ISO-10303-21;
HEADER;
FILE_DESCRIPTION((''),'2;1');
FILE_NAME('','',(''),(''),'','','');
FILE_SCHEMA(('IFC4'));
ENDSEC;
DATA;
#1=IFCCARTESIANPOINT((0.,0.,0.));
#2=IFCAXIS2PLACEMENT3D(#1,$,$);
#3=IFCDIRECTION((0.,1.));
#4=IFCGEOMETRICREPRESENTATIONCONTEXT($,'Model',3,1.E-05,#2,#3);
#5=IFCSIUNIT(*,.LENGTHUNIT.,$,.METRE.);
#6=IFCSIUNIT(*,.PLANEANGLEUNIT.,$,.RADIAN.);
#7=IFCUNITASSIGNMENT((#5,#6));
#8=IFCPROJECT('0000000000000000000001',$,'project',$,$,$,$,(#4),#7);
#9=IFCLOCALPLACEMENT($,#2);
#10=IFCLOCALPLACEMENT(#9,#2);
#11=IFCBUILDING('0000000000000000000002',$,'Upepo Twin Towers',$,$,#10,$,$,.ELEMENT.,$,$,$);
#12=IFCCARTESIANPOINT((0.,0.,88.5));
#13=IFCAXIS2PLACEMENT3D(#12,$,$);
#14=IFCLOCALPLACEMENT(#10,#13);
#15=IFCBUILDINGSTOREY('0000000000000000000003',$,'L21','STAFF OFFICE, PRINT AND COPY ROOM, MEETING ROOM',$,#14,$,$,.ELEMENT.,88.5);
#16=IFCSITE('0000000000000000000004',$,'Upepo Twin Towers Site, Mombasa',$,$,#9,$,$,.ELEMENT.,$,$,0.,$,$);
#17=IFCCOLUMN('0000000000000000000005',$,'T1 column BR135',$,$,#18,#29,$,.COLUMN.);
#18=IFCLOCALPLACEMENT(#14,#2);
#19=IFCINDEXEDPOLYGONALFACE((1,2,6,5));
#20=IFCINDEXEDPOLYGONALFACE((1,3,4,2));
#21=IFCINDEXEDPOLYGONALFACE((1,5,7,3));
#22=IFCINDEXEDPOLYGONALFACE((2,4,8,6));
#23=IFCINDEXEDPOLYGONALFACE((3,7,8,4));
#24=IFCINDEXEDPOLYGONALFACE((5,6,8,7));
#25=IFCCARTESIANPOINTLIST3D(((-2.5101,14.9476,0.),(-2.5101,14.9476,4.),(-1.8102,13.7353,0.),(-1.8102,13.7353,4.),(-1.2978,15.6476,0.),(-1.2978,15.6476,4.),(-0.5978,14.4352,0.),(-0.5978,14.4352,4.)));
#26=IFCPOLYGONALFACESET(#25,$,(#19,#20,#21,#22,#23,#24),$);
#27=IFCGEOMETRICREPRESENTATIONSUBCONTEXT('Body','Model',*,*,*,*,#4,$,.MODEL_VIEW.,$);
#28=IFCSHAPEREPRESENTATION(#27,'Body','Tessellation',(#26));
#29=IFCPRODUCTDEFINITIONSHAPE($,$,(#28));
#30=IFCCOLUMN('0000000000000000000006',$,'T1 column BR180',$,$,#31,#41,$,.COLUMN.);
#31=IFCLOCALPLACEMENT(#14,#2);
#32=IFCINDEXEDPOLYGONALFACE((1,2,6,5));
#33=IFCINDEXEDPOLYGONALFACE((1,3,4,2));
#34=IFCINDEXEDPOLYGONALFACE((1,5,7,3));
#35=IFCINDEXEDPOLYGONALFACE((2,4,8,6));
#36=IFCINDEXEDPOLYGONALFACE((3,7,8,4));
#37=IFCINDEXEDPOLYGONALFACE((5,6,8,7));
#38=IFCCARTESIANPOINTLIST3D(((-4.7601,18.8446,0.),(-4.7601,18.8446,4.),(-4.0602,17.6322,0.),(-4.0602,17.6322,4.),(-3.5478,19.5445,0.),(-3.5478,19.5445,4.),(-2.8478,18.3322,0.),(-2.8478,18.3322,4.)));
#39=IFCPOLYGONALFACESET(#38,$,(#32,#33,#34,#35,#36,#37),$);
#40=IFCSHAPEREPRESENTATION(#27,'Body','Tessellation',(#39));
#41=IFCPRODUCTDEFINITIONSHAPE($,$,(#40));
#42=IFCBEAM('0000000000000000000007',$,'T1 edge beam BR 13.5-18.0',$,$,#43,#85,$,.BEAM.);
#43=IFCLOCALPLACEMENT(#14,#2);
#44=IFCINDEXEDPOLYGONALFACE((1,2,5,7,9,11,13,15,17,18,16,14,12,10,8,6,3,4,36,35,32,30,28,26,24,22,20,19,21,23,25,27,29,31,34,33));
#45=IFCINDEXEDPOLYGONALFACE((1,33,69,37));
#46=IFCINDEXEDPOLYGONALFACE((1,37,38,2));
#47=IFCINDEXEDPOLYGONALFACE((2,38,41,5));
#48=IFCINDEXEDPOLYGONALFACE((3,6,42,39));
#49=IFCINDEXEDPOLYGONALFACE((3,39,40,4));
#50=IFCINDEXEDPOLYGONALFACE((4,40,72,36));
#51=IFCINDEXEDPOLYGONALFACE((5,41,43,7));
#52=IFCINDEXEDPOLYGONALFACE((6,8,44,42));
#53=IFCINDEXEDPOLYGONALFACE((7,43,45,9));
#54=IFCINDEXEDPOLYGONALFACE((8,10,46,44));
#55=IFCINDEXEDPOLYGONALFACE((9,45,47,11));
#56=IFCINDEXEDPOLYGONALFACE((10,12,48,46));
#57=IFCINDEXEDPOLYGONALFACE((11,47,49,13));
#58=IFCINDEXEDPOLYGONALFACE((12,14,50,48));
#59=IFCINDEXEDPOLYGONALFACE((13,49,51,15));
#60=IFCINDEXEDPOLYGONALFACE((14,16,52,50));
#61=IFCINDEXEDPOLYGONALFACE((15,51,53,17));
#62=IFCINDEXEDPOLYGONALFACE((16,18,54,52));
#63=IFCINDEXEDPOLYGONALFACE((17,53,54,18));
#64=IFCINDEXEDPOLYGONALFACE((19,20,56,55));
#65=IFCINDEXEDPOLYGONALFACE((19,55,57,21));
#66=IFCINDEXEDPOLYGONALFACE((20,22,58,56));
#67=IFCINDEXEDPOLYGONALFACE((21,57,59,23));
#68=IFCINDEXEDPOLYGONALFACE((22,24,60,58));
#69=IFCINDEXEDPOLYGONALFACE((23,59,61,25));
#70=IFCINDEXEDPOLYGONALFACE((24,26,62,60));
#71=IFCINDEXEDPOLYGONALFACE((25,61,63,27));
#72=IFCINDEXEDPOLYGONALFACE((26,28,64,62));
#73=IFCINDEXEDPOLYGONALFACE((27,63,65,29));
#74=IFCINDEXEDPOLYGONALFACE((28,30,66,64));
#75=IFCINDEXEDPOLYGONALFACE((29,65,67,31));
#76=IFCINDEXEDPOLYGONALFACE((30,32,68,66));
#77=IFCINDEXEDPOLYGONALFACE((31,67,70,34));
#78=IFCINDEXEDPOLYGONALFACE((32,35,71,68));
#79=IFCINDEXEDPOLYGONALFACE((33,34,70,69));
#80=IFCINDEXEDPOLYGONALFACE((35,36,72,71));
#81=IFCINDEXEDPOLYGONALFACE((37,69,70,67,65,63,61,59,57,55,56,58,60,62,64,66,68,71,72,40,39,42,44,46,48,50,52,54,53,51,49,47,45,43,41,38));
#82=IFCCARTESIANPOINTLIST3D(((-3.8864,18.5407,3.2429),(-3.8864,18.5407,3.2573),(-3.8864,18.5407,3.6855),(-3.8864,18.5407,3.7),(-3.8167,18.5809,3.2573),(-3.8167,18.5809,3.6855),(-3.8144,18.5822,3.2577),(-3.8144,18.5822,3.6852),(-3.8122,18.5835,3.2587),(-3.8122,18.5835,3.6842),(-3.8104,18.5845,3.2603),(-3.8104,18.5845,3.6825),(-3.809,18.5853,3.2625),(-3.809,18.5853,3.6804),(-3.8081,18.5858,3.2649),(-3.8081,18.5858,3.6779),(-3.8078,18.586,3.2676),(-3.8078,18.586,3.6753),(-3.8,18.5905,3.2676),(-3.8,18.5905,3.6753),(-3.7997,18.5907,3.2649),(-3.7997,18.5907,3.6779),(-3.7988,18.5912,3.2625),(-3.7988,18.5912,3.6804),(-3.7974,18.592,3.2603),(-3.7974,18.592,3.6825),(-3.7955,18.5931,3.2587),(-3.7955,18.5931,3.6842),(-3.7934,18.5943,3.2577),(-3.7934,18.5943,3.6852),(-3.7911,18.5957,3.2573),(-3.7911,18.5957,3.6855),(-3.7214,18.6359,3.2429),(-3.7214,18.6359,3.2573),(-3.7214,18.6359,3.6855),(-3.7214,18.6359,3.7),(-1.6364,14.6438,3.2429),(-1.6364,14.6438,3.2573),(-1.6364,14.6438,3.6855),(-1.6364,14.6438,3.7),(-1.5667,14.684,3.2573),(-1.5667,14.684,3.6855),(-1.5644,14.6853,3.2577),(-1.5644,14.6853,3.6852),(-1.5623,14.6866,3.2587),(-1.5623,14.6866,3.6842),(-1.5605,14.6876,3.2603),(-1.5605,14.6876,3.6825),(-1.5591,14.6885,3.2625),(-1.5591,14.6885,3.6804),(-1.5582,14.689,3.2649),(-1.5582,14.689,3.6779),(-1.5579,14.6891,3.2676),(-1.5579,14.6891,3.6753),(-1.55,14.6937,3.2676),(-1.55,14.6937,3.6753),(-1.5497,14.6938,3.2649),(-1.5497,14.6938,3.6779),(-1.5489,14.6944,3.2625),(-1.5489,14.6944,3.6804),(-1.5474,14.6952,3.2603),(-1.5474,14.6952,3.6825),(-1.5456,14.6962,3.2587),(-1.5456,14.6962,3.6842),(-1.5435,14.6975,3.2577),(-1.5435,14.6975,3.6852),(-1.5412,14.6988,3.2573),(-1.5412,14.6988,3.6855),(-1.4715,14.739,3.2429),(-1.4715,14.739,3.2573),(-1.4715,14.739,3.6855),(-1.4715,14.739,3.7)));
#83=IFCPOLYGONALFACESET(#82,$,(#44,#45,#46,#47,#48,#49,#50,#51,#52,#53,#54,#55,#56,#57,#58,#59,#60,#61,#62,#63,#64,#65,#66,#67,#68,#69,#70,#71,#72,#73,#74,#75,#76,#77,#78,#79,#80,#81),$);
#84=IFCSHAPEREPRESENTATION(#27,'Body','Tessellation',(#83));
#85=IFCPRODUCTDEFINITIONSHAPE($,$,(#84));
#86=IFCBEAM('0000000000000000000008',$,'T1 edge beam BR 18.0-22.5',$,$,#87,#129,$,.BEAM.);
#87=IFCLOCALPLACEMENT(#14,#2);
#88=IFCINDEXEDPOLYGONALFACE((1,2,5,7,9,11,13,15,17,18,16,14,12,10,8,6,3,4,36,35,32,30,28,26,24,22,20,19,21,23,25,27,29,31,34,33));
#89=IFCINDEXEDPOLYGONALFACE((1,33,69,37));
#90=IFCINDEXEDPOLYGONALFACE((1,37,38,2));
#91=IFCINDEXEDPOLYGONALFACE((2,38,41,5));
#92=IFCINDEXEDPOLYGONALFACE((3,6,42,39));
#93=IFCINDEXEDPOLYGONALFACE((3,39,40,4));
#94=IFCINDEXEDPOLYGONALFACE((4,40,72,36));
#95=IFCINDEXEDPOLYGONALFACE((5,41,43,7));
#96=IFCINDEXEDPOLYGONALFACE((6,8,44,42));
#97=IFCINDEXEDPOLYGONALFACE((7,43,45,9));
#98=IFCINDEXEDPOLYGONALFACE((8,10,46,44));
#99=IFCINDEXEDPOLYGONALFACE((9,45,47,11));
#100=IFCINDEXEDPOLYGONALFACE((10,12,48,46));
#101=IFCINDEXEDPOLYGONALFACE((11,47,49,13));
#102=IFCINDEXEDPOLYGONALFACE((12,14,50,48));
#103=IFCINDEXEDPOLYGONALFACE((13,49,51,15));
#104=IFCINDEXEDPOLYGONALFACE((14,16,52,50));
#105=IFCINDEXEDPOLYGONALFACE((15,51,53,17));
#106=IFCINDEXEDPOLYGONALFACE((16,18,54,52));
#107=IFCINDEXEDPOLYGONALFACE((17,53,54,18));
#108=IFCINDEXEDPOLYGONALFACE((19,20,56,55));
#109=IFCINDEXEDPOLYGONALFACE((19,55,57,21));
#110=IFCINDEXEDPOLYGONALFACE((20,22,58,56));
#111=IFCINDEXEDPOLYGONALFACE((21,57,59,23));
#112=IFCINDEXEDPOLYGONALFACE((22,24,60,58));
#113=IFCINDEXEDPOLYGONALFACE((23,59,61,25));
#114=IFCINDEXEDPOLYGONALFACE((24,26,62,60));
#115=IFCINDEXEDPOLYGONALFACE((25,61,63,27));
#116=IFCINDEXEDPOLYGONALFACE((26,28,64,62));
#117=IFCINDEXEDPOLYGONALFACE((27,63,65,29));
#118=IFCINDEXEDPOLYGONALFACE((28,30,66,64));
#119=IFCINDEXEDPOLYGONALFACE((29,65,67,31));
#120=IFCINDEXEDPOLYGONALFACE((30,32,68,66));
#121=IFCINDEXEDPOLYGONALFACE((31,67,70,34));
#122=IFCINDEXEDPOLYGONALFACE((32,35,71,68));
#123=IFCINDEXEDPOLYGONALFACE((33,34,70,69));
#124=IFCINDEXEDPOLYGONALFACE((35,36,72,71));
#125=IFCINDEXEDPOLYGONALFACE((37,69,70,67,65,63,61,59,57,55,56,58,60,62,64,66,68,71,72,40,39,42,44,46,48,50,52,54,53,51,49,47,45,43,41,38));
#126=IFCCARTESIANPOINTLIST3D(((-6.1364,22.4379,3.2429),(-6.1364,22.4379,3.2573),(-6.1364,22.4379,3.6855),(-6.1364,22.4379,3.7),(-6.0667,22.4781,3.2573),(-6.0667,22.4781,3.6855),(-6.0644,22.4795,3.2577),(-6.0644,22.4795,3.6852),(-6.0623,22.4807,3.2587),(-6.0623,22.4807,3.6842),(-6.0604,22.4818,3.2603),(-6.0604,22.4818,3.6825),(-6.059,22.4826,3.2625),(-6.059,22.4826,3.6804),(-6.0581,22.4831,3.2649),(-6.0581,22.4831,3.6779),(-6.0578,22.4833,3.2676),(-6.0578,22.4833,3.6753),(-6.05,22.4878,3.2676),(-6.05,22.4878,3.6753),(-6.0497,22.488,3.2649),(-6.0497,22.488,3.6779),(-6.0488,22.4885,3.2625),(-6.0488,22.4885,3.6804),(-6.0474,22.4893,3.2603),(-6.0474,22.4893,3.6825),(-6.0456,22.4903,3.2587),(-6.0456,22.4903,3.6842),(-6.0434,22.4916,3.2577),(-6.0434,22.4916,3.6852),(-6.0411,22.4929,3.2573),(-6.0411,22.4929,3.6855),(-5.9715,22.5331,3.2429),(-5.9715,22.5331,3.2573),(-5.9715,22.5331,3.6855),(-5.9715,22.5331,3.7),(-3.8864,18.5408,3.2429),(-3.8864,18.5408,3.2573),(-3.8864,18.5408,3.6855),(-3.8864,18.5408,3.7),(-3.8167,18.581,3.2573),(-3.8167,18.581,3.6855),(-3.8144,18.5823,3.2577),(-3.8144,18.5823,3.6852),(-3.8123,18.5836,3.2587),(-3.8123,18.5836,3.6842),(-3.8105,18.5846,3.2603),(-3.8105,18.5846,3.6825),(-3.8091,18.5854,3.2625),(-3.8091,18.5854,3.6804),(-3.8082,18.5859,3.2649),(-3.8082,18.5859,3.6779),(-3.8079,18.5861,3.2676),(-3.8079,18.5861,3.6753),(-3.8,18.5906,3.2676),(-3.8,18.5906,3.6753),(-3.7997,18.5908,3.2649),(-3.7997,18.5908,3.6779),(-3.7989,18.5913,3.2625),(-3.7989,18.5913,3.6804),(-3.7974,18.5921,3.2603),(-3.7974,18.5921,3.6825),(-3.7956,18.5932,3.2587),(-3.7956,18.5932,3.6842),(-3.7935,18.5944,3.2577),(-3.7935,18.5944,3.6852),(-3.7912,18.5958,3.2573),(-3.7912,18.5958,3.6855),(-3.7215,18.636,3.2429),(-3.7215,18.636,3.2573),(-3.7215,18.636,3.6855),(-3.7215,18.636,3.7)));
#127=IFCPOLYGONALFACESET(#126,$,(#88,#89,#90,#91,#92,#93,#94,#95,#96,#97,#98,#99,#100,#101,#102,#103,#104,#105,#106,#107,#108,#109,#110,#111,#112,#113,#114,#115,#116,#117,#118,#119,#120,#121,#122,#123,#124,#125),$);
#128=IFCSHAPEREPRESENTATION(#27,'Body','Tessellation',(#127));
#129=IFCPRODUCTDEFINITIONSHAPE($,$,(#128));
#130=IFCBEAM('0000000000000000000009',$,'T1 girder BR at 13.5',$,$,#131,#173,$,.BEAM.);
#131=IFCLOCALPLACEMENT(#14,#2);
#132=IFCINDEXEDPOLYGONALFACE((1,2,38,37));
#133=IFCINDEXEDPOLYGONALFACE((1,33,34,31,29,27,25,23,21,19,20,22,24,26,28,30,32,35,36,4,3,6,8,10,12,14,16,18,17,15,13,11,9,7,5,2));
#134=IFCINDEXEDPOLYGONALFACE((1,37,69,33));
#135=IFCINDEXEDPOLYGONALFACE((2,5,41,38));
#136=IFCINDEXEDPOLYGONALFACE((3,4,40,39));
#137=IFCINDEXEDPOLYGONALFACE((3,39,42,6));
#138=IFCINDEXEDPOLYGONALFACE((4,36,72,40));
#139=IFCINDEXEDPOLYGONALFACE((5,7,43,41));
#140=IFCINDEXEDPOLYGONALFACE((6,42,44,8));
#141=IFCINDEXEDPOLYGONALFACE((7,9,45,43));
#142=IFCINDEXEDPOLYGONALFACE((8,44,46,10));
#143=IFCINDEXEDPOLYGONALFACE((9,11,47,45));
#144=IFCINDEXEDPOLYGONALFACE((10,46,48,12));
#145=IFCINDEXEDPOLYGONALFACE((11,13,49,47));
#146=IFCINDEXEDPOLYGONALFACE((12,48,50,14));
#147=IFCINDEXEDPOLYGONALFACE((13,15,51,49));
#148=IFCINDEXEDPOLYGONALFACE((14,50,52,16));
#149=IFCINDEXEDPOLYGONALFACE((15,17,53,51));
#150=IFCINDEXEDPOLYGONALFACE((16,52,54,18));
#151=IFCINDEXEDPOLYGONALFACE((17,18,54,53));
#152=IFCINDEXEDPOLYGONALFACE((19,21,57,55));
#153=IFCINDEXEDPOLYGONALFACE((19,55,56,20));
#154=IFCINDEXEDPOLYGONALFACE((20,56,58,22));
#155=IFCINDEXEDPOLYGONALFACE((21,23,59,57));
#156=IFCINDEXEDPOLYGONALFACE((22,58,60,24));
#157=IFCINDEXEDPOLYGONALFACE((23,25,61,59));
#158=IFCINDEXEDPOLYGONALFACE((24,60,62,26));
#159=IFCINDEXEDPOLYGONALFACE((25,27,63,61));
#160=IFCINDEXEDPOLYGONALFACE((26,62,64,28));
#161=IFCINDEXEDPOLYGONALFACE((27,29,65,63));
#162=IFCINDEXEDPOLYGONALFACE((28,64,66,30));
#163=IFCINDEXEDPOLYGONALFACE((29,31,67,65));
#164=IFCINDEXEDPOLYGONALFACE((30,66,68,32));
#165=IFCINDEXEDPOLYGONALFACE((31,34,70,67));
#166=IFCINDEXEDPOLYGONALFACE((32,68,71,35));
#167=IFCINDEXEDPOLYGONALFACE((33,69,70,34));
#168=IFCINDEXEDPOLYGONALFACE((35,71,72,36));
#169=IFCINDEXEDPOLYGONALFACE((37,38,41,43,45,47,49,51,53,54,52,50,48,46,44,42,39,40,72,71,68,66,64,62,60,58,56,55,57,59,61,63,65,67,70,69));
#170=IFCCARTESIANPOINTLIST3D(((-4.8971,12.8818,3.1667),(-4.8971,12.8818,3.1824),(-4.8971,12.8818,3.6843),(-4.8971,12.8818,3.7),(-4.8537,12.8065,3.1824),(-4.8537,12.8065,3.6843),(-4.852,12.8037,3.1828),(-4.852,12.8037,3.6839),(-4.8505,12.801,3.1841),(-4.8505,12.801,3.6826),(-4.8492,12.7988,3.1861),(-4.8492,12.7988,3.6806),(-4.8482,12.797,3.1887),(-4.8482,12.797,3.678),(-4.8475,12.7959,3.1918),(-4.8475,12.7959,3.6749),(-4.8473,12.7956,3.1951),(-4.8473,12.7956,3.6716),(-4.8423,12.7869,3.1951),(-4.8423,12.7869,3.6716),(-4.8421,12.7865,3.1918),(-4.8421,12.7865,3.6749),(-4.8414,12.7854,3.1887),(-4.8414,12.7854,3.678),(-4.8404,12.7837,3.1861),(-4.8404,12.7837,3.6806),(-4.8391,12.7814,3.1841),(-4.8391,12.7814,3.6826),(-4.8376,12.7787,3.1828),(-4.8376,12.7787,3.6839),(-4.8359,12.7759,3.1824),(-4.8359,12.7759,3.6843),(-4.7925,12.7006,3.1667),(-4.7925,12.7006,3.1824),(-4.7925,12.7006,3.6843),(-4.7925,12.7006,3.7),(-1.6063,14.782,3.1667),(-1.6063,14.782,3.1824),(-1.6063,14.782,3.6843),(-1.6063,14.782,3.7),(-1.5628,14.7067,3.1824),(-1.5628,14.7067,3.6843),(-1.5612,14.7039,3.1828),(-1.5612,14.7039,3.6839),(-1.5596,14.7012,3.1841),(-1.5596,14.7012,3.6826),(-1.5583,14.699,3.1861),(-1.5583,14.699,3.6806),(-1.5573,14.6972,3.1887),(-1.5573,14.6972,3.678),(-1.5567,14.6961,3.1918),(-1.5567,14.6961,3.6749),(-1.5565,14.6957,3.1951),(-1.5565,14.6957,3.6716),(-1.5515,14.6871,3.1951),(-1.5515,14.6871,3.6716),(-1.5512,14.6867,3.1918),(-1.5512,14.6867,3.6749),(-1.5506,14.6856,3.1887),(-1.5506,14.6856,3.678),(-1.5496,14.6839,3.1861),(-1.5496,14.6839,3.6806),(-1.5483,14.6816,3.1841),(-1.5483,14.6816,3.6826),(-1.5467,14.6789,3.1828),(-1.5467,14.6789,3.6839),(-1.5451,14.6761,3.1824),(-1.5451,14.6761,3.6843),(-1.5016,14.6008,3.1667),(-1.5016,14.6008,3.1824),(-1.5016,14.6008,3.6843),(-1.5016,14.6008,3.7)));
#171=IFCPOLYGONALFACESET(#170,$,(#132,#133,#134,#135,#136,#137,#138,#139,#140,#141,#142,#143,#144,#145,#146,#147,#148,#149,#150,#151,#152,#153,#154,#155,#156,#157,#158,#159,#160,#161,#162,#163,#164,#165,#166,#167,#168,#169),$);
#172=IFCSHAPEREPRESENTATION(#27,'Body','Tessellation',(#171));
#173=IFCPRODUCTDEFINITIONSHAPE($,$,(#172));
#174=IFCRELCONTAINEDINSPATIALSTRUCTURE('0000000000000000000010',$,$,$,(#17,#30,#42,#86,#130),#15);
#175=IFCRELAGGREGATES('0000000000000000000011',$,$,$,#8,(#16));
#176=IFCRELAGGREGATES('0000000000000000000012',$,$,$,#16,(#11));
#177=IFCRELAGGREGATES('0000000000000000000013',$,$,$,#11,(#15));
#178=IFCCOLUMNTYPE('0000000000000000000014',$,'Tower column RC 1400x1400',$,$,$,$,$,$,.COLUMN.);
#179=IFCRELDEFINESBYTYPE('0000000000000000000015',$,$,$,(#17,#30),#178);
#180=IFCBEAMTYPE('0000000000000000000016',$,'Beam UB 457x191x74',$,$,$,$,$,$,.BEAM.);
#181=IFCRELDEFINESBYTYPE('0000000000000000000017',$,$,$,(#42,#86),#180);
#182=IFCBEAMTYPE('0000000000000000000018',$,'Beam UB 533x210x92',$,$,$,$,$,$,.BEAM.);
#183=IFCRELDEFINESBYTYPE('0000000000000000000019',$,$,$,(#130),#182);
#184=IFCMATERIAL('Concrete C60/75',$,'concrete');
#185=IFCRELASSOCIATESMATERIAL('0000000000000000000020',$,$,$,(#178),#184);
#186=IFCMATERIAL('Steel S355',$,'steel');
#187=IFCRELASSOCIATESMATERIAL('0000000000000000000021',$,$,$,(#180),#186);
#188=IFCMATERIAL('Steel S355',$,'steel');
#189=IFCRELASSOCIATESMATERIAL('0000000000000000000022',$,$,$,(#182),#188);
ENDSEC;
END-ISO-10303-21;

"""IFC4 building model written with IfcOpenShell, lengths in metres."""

from ifc_helpers import new_model, si_unit, direction, frame, origin, origin_2d, place, context, subcontext, project, spatial, rectangle, i_section, extrude, material, material_profile, profile_set, type_object, element, save


model = new_model("IFC4")

# Units and contexts
model_context = context("Model", 3, precision=1e-05, world=origin(), true_north=direction((0.0, 1.0)))
body_context = subcontext(model_context, "Body", "Model", "MODEL_VIEW")
ifc_project = project(units=[si_unit("LENGTHUNIT", "METRE"), si_unit("PLANEANGLEUNIT", "RADIAN")], contexts=[model_context])

# Site, building, storey
site_placement = place(None, origin())
site = spatial("IfcSite", under=ifc_project, at=site_placement, Name="Upepo Twin Towers Site, Mombasa", CompositionType="ELEMENT", RefElevation=0.0)
building_placement = place(site_placement, origin())
building = spatial("IfcBuilding", under=site, at=building_placement, Name="Upepo Twin Towers", CompositionType="ELEMENT")
storey_placement = place(building_placement, frame((0.0, 0.0, 88.5)))
storey = spatial("IfcBuildingStorey", under=building, at=storey_placement, Name="L21", Description="STAFF OFFICE, PRINT AND COPY ROOM, MEETING ROOM", CompositionType="ELEMENT", Elevation=88.5)

# Columns
ifc_material_1 = material(Name="Concrete C60/75", Category="concrete")
ifc_material_profile_1 = material_profile(ifc_material_1, rectangle(XDim=1.3999, YDim=1.3999, at=origin_2d()), Name="RC 1400x1400")
ifc_profile_set_1 = profile_set([ifc_material_profile_1], Name="Concrete C60/75")
column_type = type_object("IfcColumnType", Name="Tower column RC 1400x1400", PredefinedType="COLUMN", material=ifc_profile_set_1)
for number, where, z_axis, x_axis, name in (
    (1, (-1.554, 14.6914, 0.0), (0.0, 0.0, 1.0), (0.866025, 0.5, 0.0), "T1 column BR135"),
    (2, (-3.804, 18.5884, 0.0), (0.0, 0.0, 1.0), (0.866025, 0.5, 0.0), "T1 column BR180"),
):
    element("IfcColumn", number, at=place(storey_placement, frame(where, z_axis=z_axis, x_axis=x_axis)), inside=storey, type_object=column_type, Name=name, PredefinedType="COLUMN", context=body_context, shape_type="SweptSolid", body=[
        extrude(rectangle(XDim=1.3999, YDim=1.3999, at=origin_2d()), origin(), (0.0, 0.0, 1.0), 4.0),
    ])

# Beams
ifc_material_2 = material(Name="Steel S355", Category="steel")
ifc_material_profile_2 = material_profile(ifc_material_2, i_section(OverallWidth=0.1904, OverallDepth=0.457, WebThickness=0.009, FlangeThickness=0.0144, FilletRadius=0.0103, at=origin_2d()), Name="UB 457x191x74")
ifc_profile_set_2 = profile_set([ifc_material_profile_2], Name="Steel S355")
beam_type_1 = type_object("IfcBeamType", Name="Beam UB 457x191x74", PredefinedType="BEAM", material=ifc_profile_set_2)
beam_1_placement = place(storey_placement, frame((-1.554, 14.6914, 3.4714), z_axis=(-0.500014, 0.866018, 0.0), x_axis=(-0.866018, -0.500014, 0.0)))
element("IfcBeam", 3, at=beam_1_placement, inside=storey, type_object=beam_type_1, Name="T1 edge beam BR 13.5-18.0", PredefinedType="BEAM", context=body_context, shape_type="SweptSolid", body=[
    extrude(i_section(OverallWidth=0.1904, OverallDepth=0.457, WebThickness=0.009, FlangeThickness=0.0144, FilletRadius=0.0103, at=origin_2d()), origin(), (0.0, 0.0, 1.0), 4.4998),
])
beam_2_placement = place(storey_placement, frame((-3.804, 18.5884, 3.4714), z_axis=(-0.49999, 0.866031, 0.0), x_axis=(-0.866031, -0.49999, 0.0)))
element("IfcBeam", 4, at=beam_2_placement, inside=storey, type_object=beam_type_1, Name="T1 edge beam BR 18.0-22.5", PredefinedType="BEAM", context=body_context, shape_type="SweptSolid", body=[
    extrude(i_section(OverallWidth=0.1904, OverallDepth=0.457, WebThickness=0.009, FlangeThickness=0.0144, FilletRadius=0.0103, at=origin_2d()), origin(), (0.0, 0.0, 1.0), 4.5),
])
ifc_material_3 = material(Name="Steel S355", Category="steel")
ifc_material_profile_3 = material_profile(ifc_material_3, i_section(OverallWidth=0.2092, OverallDepth=0.5332, WebThickness=0.01, FlangeThickness=0.0156, FilletRadius=0.0127, at=origin_2d()), Name="UB 533x210x92")
ifc_profile_set_3 = profile_set([ifc_material_profile_3], Name="Steel S355")
beam_type_2 = type_object("IfcBeamType", Name="Beam UB 533x210x92", PredefinedType="BEAM", material=ifc_profile_set_3)
beam_3_placement = place(storey_placement, frame((-1.554, 14.6914, 3.4333), z_axis=(-0.866, -0.500043, 0.0), x_axis=(0.500043, -0.866, 0.0)))
element("IfcBeam", 5, at=beam_3_placement, inside=storey, type_object=beam_type_2, Name="T1 girder BR at 13.5", PredefinedType="BEAM", context=body_context, shape_type="SweptSolid", body=[
    extrude(i_section(OverallWidth=0.2092, OverallDepth=0.5332, WebThickness=0.01, FlangeThickness=0.0156, FilletRadius=0.0127, at=origin_2d()), origin(), (0.0, 0.0, 1.0), 3.8),
])

save(model, "model.ifc")
